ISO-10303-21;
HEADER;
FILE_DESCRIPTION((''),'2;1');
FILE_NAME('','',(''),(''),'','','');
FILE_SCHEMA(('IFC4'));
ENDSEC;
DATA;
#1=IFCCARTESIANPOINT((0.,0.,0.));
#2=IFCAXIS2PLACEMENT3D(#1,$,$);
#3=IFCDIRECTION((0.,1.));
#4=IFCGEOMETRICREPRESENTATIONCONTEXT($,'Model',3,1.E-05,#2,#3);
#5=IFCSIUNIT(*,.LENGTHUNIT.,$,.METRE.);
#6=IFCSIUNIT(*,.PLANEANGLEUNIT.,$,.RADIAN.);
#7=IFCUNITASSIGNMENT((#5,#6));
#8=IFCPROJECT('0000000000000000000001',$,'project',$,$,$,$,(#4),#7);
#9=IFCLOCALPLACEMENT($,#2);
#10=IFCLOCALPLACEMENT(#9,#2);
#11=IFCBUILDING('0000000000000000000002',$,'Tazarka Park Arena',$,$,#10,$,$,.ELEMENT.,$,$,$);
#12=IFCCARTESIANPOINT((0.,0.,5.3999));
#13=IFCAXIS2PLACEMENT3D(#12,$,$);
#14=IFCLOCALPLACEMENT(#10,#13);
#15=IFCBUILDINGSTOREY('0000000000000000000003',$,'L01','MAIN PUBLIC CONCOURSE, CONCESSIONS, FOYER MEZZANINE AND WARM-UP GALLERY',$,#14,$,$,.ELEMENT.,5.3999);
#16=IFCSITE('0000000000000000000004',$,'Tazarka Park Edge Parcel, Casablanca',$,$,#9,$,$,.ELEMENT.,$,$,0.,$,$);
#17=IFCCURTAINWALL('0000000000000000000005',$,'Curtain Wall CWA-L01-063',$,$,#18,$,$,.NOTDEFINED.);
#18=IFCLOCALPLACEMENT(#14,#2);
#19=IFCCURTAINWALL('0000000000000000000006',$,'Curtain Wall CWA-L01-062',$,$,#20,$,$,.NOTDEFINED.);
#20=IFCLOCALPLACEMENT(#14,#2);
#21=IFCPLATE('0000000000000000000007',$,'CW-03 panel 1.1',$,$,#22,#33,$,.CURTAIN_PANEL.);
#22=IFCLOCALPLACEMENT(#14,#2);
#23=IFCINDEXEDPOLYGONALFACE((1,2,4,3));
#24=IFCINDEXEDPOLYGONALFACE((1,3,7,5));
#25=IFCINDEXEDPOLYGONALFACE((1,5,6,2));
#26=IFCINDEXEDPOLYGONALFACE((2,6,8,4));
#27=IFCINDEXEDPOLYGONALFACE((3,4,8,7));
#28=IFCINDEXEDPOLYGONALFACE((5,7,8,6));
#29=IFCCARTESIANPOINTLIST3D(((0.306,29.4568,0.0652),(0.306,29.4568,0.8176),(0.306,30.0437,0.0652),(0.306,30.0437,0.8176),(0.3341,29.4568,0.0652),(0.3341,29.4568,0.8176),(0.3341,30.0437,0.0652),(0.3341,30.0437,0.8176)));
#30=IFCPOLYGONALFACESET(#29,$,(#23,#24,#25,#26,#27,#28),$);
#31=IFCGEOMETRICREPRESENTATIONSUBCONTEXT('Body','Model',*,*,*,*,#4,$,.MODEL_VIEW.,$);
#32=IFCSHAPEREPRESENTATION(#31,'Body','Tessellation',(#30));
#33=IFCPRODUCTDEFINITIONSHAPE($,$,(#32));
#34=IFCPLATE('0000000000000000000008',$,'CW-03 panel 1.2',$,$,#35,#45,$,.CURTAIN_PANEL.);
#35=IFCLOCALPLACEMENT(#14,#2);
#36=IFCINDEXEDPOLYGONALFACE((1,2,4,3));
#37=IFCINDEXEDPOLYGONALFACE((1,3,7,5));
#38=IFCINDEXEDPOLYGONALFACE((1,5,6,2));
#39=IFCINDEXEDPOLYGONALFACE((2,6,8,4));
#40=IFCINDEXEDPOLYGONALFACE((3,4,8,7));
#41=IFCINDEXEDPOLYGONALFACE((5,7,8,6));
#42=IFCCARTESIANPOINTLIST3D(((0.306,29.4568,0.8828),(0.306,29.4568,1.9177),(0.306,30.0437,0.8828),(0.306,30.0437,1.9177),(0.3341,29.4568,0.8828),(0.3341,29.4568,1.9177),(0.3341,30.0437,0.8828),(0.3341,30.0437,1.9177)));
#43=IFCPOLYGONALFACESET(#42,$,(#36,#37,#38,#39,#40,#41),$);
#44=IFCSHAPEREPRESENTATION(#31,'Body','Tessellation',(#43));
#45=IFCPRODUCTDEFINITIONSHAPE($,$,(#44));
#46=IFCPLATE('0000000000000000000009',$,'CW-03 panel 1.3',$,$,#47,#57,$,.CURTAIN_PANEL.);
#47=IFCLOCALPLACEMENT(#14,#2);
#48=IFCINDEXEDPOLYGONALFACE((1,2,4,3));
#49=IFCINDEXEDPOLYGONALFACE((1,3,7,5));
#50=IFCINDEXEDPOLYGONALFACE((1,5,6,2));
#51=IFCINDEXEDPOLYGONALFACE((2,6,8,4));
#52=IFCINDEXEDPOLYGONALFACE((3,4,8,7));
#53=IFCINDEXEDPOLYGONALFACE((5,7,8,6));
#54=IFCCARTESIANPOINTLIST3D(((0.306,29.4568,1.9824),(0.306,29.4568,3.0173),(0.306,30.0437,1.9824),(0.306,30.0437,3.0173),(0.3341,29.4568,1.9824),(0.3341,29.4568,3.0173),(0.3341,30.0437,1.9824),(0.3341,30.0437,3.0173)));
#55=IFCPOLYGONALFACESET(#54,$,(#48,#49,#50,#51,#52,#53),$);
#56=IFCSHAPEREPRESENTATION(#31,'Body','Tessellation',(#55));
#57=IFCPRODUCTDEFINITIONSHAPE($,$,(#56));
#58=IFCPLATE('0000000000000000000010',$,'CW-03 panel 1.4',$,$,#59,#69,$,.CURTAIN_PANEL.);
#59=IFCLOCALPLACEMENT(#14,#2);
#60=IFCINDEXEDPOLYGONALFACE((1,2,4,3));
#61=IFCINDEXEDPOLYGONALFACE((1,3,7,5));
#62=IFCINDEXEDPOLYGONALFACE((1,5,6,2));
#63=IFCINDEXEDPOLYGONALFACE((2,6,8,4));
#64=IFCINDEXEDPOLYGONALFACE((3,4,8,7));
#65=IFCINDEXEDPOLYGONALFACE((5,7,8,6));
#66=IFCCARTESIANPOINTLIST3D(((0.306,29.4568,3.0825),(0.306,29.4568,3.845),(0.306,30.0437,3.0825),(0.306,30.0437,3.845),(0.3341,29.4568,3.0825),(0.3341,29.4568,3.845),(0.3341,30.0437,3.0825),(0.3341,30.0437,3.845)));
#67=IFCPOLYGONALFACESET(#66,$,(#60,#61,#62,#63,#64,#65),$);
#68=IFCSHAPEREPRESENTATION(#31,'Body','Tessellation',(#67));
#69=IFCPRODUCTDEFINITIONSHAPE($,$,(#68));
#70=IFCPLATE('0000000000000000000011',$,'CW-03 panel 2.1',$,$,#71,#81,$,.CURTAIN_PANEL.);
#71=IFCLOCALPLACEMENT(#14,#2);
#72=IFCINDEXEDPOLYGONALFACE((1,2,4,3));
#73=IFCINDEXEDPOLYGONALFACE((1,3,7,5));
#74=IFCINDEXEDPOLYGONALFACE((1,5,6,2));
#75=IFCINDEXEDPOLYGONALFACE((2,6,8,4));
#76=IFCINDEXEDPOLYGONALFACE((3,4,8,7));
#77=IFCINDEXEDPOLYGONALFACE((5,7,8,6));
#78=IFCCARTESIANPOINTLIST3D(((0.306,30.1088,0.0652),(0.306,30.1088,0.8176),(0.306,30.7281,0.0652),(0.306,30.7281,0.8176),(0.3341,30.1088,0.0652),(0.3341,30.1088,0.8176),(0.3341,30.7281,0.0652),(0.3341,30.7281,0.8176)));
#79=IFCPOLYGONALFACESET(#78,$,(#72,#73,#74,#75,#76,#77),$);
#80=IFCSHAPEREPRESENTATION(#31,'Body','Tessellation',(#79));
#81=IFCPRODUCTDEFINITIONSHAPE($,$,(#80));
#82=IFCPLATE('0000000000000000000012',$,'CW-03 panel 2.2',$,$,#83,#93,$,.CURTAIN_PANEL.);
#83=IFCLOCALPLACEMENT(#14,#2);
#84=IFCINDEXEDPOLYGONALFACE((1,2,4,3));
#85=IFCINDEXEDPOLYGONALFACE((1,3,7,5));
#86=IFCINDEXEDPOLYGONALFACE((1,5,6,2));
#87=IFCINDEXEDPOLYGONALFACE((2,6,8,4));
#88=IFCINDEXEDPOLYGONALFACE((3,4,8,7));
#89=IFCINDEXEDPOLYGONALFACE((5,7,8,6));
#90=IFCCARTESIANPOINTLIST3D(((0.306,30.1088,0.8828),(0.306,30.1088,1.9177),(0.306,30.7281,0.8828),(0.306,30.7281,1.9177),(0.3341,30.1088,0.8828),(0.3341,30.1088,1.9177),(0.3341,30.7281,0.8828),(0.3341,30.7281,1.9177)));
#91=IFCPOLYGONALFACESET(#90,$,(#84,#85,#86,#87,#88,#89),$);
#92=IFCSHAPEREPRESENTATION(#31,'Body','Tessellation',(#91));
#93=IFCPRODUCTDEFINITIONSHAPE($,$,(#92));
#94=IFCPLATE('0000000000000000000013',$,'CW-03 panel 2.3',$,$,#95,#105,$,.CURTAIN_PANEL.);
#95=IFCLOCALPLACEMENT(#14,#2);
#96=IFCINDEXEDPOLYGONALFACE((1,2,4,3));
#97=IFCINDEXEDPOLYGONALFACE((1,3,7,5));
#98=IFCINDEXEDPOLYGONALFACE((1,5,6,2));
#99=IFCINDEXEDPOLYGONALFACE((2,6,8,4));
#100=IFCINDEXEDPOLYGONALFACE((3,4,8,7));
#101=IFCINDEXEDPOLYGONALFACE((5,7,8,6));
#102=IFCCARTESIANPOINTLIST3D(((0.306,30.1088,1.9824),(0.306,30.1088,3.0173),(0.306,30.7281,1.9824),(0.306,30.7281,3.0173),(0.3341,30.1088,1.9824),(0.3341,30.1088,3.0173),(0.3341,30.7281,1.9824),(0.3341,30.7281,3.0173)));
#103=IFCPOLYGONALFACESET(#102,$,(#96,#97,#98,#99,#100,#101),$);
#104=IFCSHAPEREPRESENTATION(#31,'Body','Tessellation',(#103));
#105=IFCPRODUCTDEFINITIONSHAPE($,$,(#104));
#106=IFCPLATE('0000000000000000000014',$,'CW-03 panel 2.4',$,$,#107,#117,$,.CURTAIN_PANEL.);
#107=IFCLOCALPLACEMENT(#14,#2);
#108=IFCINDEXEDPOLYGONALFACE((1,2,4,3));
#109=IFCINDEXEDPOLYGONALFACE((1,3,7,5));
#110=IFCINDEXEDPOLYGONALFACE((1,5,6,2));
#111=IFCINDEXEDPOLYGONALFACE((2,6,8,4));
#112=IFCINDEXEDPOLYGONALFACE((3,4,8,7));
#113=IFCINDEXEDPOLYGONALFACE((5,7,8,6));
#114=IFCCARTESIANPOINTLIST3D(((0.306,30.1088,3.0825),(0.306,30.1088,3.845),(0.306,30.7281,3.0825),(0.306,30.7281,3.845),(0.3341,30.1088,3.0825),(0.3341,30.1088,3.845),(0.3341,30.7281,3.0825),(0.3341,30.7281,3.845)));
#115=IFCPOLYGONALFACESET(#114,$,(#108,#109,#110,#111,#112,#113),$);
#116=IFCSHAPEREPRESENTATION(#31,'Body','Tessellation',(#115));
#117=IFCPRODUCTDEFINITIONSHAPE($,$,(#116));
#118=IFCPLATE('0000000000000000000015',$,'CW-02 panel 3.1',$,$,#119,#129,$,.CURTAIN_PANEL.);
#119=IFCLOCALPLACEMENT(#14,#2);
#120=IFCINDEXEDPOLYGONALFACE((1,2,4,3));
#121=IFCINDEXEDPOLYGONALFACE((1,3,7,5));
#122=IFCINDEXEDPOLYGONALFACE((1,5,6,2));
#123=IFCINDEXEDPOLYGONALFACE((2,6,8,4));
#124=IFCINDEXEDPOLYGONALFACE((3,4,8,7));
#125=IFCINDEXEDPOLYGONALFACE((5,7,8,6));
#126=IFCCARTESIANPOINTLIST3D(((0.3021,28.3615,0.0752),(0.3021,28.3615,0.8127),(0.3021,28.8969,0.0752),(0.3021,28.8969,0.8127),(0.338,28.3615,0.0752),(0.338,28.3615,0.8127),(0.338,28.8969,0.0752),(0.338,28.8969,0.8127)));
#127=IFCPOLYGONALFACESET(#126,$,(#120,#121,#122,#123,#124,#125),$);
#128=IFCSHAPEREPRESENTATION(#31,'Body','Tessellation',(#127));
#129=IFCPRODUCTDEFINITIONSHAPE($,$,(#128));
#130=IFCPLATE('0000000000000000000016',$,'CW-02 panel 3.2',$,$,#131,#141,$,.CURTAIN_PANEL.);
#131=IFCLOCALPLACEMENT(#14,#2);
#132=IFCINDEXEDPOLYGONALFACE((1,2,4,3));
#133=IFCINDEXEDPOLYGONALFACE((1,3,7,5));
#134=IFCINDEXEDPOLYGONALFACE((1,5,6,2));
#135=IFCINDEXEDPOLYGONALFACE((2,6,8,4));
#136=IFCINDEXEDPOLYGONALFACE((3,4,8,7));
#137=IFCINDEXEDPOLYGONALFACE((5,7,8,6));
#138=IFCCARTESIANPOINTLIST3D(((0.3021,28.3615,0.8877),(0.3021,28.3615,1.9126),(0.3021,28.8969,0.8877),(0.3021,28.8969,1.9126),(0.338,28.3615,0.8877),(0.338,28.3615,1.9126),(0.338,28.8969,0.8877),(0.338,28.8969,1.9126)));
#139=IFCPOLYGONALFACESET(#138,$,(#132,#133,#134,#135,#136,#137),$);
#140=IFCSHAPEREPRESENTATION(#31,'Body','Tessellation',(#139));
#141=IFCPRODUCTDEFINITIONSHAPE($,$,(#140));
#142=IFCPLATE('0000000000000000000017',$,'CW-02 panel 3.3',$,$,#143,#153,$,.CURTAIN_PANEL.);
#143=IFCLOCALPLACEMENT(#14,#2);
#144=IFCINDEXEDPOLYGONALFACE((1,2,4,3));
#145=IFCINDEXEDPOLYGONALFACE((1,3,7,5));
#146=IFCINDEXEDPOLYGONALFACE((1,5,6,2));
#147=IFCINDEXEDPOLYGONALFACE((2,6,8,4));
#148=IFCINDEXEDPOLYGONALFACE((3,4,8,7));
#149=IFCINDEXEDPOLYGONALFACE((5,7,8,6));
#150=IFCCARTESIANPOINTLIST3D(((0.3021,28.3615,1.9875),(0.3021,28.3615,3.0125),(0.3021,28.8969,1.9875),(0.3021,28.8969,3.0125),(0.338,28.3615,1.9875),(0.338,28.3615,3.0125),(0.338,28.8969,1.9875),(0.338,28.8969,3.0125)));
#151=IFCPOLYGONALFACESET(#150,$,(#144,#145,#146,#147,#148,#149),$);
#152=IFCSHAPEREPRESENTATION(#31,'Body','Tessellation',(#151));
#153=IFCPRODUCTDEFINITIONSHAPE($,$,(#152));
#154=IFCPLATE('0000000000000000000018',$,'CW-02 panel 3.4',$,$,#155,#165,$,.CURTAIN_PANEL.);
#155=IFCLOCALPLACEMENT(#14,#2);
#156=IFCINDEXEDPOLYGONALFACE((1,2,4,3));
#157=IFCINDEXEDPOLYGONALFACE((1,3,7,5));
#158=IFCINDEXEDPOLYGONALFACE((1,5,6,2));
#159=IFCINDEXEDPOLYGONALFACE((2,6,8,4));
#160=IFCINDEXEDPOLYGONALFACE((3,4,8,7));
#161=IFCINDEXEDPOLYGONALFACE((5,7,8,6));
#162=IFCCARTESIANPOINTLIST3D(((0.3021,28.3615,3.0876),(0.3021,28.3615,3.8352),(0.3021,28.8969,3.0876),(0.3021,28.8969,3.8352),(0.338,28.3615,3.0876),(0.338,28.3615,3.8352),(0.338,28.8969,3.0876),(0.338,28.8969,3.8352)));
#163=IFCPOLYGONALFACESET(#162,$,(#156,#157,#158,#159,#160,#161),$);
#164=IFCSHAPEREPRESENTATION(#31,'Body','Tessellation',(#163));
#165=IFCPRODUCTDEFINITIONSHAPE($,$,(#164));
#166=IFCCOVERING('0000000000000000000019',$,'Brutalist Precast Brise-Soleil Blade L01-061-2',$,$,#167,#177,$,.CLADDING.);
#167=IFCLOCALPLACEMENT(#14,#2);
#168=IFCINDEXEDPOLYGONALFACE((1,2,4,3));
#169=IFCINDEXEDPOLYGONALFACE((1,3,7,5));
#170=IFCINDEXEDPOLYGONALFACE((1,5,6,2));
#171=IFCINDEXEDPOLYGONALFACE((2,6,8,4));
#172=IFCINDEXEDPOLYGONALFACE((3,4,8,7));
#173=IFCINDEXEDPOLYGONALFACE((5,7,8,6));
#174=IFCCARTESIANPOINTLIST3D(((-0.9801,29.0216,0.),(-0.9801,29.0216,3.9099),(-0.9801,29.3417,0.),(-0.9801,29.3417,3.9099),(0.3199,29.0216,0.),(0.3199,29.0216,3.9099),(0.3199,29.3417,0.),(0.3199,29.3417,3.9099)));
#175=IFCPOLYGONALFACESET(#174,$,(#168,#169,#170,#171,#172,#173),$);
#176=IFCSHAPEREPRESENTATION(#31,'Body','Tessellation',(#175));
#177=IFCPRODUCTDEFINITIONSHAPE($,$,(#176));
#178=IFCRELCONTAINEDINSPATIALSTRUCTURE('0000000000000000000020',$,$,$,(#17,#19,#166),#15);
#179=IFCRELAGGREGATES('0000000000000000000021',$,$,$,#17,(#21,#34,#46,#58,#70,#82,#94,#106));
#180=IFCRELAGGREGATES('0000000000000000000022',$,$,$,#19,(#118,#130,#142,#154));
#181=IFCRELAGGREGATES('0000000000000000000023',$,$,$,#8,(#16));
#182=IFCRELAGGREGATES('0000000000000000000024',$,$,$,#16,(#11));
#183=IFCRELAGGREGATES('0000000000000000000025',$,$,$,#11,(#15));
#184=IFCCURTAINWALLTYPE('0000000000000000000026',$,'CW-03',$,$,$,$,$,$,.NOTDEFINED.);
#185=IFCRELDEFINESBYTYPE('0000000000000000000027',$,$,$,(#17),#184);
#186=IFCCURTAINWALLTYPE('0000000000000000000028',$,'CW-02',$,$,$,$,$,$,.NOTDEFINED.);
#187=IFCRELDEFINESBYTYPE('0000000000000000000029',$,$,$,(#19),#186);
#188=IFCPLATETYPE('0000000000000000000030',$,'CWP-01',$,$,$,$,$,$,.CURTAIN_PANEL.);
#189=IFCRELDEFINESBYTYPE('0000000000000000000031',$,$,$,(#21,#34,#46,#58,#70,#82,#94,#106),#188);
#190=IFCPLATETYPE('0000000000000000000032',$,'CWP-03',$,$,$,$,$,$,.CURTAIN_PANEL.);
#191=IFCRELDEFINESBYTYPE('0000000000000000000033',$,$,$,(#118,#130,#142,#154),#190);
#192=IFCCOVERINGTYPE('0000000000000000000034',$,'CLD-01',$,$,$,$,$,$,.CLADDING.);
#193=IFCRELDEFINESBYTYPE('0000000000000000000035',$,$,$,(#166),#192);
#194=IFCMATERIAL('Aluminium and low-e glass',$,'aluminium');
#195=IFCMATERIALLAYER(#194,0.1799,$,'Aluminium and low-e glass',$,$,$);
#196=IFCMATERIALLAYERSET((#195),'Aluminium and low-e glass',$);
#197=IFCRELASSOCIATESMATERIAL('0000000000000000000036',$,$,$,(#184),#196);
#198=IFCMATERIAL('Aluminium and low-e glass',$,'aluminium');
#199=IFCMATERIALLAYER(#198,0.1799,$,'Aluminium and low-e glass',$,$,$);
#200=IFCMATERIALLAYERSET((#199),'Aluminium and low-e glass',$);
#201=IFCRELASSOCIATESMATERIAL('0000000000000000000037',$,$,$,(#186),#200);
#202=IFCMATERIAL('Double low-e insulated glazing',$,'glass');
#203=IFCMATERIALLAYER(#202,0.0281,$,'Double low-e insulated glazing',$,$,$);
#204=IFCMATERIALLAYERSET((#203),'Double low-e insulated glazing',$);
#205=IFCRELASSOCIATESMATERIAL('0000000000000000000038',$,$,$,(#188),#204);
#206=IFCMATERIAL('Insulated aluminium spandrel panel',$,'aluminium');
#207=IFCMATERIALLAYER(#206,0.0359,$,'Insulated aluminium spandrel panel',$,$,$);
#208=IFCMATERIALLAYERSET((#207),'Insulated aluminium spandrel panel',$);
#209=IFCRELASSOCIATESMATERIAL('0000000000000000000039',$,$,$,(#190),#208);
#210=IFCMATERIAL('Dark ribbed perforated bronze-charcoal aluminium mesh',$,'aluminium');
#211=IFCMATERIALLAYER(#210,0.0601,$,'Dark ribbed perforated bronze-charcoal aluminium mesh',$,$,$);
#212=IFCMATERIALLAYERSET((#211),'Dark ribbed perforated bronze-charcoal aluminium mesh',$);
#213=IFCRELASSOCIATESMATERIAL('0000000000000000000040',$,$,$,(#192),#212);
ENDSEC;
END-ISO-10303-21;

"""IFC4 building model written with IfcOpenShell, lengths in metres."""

from ifc_helpers import new_model, si_unit, direction, frame, origin, origin_2d, place, context, subcontext, project, spatial, rectangle, extrude, material, layer, layer_set, type_object, element, aggregate, save


model = new_model("IFC4")

# Units and contexts
model_context = context("Model", 3, precision=1e-05, world=origin(), true_north=direction((0.0, 1.0)))
body_context = subcontext(model_context, "Body", "Model", "MODEL_VIEW")
ifc_project = project(units=[si_unit("LENGTHUNIT", "METRE"), si_unit("PLANEANGLEUNIT", "RADIAN")], contexts=[model_context])

# Site, building, storey
site_placement = place(None, origin())
site = spatial("IfcSite", under=ifc_project, at=site_placement, Name="Tazarka Park Edge Parcel, Casablanca", CompositionType="ELEMENT", RefElevation=0.0)
building_placement = place(site_placement, origin())
building = spatial("IfcBuilding", under=site, at=building_placement, Name="Tazarka Park Arena", CompositionType="ELEMENT")
storey_placement = place(building_placement, frame((0.0, 0.0, 5.3999)))
storey = spatial("IfcBuildingStorey", under=building, at=storey_placement, Name="L01", Description="MAIN PUBLIC CONCOURSE, CONCESSIONS, FOYER MEZZANINE AND WARM-UP GALLERY", CompositionType="ELEMENT", Elevation=5.3999)

# Curtain wall
ifc_material_1 = material(Name="Aluminium and low-e glass", Category="aluminium")
ifc_layer_1 = layer(ifc_material_1, 0.1799, Name="Aluminium and low-e glass")
ifc_layer_set_1 = layer_set([ifc_layer_1], Name="Aluminium and low-e glass")
curtain_wall_type_1 = type_object("IfcCurtainWallType", Name="CW-03", PredefinedType="NOTDEFINED", material=ifc_layer_set_1)
curtain_wall_1_placement = place(storey_placement, origin())
curtain_wall_1 = element("IfcCurtainWall", 1, at=curtain_wall_1_placement, inside=storey, type_object=curtain_wall_type_1, Name="Curtain Wall CWA-L01-063", PredefinedType="NOTDEFINED")

# Curtain wall
ifc_material_2 = material(Name="Aluminium and low-e glass", Category="aluminium")
ifc_layer_2 = layer(ifc_material_2, 0.1799, Name="Aluminium and low-e glass")
ifc_layer_set_2 = layer_set([ifc_layer_2], Name="Aluminium and low-e glass")
curtain_wall_type_2 = type_object("IfcCurtainWallType", Name="CW-02", PredefinedType="NOTDEFINED", material=ifc_layer_set_2)
curtain_wall_2_placement = place(storey_placement, origin())
curtain_wall_2 = element("IfcCurtainWall", 2, at=curtain_wall_2_placement, inside=storey, type_object=curtain_wall_type_2, Name="Curtain Wall CWA-L01-062", PredefinedType="NOTDEFINED")

# Plates
ifc_material_3 = material(Name="Double low-e insulated glazing", Category="glass")
ifc_layer_3 = layer(ifc_material_3, 0.0281, Name="Double low-e insulated glazing")
ifc_layer_set_3 = layer_set([ifc_layer_3], Name="Double low-e insulated glazing")
plate_type_1 = type_object("IfcPlateType", Name="CWP-01", PredefinedType="CURTAIN_PANEL", material=ifc_layer_set_3)
plate_1_placement = place(storey_placement, frame((0.3201, 29.7502, 0.0652), z_axis=(0.0, 0.0, 1.0), x_axis=(0.0, 1.0, 0.0)))
plate_1 = element("IfcPlate", 3, at=plate_1_placement, type_object=plate_type_1, Name="CW-03 panel 1.1", PredefinedType="CURTAIN_PANEL", context=body_context, shape_type="SweptSolid", body=[
    extrude(rectangle(XDim=0.5869, YDim=0.0281, at=origin_2d()), origin(), (0.0, 0.0, 1.0), 0.7524),
])
plate_2_placement = place(storey_placement, frame((0.3201, 29.7502, 0.8828), z_axis=(0.0, 0.0, 1.0), x_axis=(0.0, 1.0, 0.0)))
plate_2 = element("IfcPlate", 4, at=plate_2_placement, type_object=plate_type_1, Name="CW-03 panel 1.2", PredefinedType="CURTAIN_PANEL", context=body_context, shape_type="SweptSolid", body=[
    extrude(rectangle(XDim=0.5869, YDim=0.0281, at=origin_2d()), origin(), (0.0, 0.0, 1.0), 1.0349),
])
plate_3_placement = place(storey_placement, frame((0.3201, 29.7502, 1.9824), z_axis=(0.0, 0.0, 1.0), x_axis=(0.0, 1.0, 0.0)))
plate_3 = element("IfcPlate", 5, at=plate_3_placement, type_object=plate_type_1, Name="CW-03 panel 1.3", PredefinedType="CURTAIN_PANEL", context=body_context, shape_type="SweptSolid", body=[
    extrude(rectangle(XDim=0.5869, YDim=0.0281, at=origin_2d()), origin(), (0.0, 0.0, 1.0), 1.0349),
])
plate_4_placement = place(storey_placement, frame((0.3201, 29.7502, 3.0825), z_axis=(0.0, 0.0, 1.0), x_axis=(0.0, 1.0, 0.0)))
plate_4 = element("IfcPlate", 6, at=plate_4_placement, type_object=plate_type_1, Name="CW-03 panel 1.4", PredefinedType="CURTAIN_PANEL", context=body_context, shape_type="SweptSolid", body=[
    extrude(rectangle(XDim=0.5869, YDim=0.0281, at=origin_2d()), origin(), (0.0, 0.0, 1.0), 0.7625),
])
plate_5_placement = place(storey_placement, frame((0.3201, 30.4185, 0.0652), z_axis=(0.0, 0.0, 1.0), x_axis=(0.0, 1.0, 0.0)))
plate_5 = element("IfcPlate", 7, at=plate_5_placement, type_object=plate_type_1, Name="CW-03 panel 2.1", PredefinedType="CURTAIN_PANEL", context=body_context, shape_type="SweptSolid", body=[
    extrude(rectangle(XDim=0.6194, YDim=0.0281, at=origin_2d()), origin(), (0.0, 0.0, 1.0), 0.7524),
])
plate_6_placement = place(storey_placement, frame((0.3201, 30.4185, 0.8828), z_axis=(0.0, 0.0, 1.0), x_axis=(0.0, 1.0, 0.0)))
plate_6 = element("IfcPlate", 8, at=plate_6_placement, type_object=plate_type_1, Name="CW-03 panel 2.2", PredefinedType="CURTAIN_PANEL", context=body_context, shape_type="SweptSolid", body=[
    extrude(rectangle(XDim=0.6194, YDim=0.0281, at=origin_2d()), origin(), (0.0, 0.0, 1.0), 1.0349),
])
plate_7_placement = place(storey_placement, frame((0.3201, 30.4185, 1.9824), z_axis=(0.0, 0.0, 1.0), x_axis=(0.0, 1.0, 0.0)))
plate_7 = element("IfcPlate", 9, at=plate_7_placement, type_object=plate_type_1, Name="CW-03 panel 2.3", PredefinedType="CURTAIN_PANEL", context=body_context, shape_type="SweptSolid", body=[
    extrude(rectangle(XDim=0.6194, YDim=0.0281, at=origin_2d()), origin(), (0.0, 0.0, 1.0), 1.0349),
])
plate_8_placement = place(storey_placement, frame((0.3201, 30.4185, 3.0825), z_axis=(0.0, 0.0, 1.0), x_axis=(0.0, 1.0, 0.0)))
plate_8 = element("IfcPlate", 10, at=plate_8_placement, type_object=plate_type_1, Name="CW-03 panel 2.4", PredefinedType="CURTAIN_PANEL", context=body_context, shape_type="SweptSolid", body=[
    extrude(rectangle(XDim=0.6194, YDim=0.0281, at=origin_2d()), origin(), (0.0, 0.0, 1.0), 0.7625),
])
aggregate(curtain_wall_1, [plate_1, plate_2, plate_3, plate_4, plate_5, plate_6, plate_7, plate_8])
ifc_material_4 = material(Name="Insulated aluminium spandrel panel", Category="aluminium")
ifc_layer_4 = layer(ifc_material_4, 0.0359, Name="Insulated aluminium spandrel panel")
ifc_layer_set_4 = layer_set([ifc_layer_4], Name="Insulated aluminium spandrel panel")
plate_type_2 = type_object("IfcPlateType", Name="CWP-03", PredefinedType="CURTAIN_PANEL", material=ifc_layer_set_4)
plate_9_placement = place(storey_placement, frame((0.3201, 28.6292, 0.0752), z_axis=(0.0, 0.0, 1.0), x_axis=(0.0, 1.0, 0.0)))
plate_9 = element("IfcPlate", 11, at=plate_9_placement, type_object=plate_type_2, Name="CW-02 panel 3.1", PredefinedType="CURTAIN_PANEL", context=body_context, shape_type="SweptSolid", body=[
    extrude(rectangle(XDim=0.5354, YDim=0.0359, at=origin_2d()), origin(), (0.0, 0.0, 1.0), 0.7375),
])
plate_10_placement = place(storey_placement, frame((0.3201, 28.6292, 0.8877), z_axis=(0.0, 0.0, 1.0), x_axis=(0.0, 1.0, 0.0)))
plate_10 = element("IfcPlate", 12, at=plate_10_placement, type_object=plate_type_2, Name="CW-02 panel 3.2", PredefinedType="CURTAIN_PANEL", context=body_context, shape_type="SweptSolid", body=[
    extrude(rectangle(XDim=0.5354, YDim=0.0359, at=origin_2d()), origin(), (0.0, 0.0, 1.0), 1.0249),
])
plate_11_placement = place(storey_placement, frame((0.3201, 28.6292, 1.9875), z_axis=(0.0, 0.0, 1.0), x_axis=(0.0, 1.0, 0.0)))
plate_11 = element("IfcPlate", 13, at=plate_11_placement, type_object=plate_type_2, Name="CW-02 panel 3.3", PredefinedType="CURTAIN_PANEL", context=body_context, shape_type="SweptSolid", body=[
    extrude(rectangle(XDim=0.5354, YDim=0.0359, at=origin_2d()), origin(), (0.0, 0.0, 1.0), 1.0249),
])
plate_12_placement = place(storey_placement, frame((0.3201, 28.6292, 3.0876), z_axis=(0.0, 0.0, 1.0), x_axis=(0.0, 1.0, 0.0)))
plate_12 = element("IfcPlate", 14, at=plate_12_placement, type_object=plate_type_2, Name="CW-02 panel 3.4", PredefinedType="CURTAIN_PANEL", context=body_context, shape_type="SweptSolid", body=[
    extrude(rectangle(XDim=0.5354, YDim=0.0359, at=origin_2d()), origin(), (0.0, 0.0, 1.0), 0.7476),
])
aggregate(curtain_wall_2, [plate_9, plate_10, plate_11, plate_12])

# Covering
ifc_material_5 = material(Name="Dark ribbed perforated bronze-charcoal aluminium mesh", Category="aluminium")
ifc_layer_5 = layer(ifc_material_5, 0.0601, Name="Dark ribbed perforated bronze-charcoal aluminium mesh")
ifc_layer_set_5 = layer_set([ifc_layer_5], Name="Dark ribbed perforated bronze-charcoal aluminium mesh")
covering_type = type_object("IfcCoveringType", Name="CLD-01", PredefinedType="CLADDING", material=ifc_layer_set_5)
covering_placement = place(storey_placement, frame((-0.3301, 29.1816, 0.0), z_axis=(0.0, 0.0, 1.0), x_axis=(0.0, 1.0, 0.0)))
element("IfcCovering", 15, at=covering_placement, inside=storey, type_object=covering_type, Name="Brutalist Precast Brise-Soleil Blade L01-061-2", PredefinedType="CLADDING", context=body_context, shape_type="SweptSolid", body=[
    extrude(rectangle(XDim=0.3201, YDim=1.3, at=origin_2d()), origin(), (0.0, 0.0, 1.0), 3.9099),
])

save(model, "model.ifc")
